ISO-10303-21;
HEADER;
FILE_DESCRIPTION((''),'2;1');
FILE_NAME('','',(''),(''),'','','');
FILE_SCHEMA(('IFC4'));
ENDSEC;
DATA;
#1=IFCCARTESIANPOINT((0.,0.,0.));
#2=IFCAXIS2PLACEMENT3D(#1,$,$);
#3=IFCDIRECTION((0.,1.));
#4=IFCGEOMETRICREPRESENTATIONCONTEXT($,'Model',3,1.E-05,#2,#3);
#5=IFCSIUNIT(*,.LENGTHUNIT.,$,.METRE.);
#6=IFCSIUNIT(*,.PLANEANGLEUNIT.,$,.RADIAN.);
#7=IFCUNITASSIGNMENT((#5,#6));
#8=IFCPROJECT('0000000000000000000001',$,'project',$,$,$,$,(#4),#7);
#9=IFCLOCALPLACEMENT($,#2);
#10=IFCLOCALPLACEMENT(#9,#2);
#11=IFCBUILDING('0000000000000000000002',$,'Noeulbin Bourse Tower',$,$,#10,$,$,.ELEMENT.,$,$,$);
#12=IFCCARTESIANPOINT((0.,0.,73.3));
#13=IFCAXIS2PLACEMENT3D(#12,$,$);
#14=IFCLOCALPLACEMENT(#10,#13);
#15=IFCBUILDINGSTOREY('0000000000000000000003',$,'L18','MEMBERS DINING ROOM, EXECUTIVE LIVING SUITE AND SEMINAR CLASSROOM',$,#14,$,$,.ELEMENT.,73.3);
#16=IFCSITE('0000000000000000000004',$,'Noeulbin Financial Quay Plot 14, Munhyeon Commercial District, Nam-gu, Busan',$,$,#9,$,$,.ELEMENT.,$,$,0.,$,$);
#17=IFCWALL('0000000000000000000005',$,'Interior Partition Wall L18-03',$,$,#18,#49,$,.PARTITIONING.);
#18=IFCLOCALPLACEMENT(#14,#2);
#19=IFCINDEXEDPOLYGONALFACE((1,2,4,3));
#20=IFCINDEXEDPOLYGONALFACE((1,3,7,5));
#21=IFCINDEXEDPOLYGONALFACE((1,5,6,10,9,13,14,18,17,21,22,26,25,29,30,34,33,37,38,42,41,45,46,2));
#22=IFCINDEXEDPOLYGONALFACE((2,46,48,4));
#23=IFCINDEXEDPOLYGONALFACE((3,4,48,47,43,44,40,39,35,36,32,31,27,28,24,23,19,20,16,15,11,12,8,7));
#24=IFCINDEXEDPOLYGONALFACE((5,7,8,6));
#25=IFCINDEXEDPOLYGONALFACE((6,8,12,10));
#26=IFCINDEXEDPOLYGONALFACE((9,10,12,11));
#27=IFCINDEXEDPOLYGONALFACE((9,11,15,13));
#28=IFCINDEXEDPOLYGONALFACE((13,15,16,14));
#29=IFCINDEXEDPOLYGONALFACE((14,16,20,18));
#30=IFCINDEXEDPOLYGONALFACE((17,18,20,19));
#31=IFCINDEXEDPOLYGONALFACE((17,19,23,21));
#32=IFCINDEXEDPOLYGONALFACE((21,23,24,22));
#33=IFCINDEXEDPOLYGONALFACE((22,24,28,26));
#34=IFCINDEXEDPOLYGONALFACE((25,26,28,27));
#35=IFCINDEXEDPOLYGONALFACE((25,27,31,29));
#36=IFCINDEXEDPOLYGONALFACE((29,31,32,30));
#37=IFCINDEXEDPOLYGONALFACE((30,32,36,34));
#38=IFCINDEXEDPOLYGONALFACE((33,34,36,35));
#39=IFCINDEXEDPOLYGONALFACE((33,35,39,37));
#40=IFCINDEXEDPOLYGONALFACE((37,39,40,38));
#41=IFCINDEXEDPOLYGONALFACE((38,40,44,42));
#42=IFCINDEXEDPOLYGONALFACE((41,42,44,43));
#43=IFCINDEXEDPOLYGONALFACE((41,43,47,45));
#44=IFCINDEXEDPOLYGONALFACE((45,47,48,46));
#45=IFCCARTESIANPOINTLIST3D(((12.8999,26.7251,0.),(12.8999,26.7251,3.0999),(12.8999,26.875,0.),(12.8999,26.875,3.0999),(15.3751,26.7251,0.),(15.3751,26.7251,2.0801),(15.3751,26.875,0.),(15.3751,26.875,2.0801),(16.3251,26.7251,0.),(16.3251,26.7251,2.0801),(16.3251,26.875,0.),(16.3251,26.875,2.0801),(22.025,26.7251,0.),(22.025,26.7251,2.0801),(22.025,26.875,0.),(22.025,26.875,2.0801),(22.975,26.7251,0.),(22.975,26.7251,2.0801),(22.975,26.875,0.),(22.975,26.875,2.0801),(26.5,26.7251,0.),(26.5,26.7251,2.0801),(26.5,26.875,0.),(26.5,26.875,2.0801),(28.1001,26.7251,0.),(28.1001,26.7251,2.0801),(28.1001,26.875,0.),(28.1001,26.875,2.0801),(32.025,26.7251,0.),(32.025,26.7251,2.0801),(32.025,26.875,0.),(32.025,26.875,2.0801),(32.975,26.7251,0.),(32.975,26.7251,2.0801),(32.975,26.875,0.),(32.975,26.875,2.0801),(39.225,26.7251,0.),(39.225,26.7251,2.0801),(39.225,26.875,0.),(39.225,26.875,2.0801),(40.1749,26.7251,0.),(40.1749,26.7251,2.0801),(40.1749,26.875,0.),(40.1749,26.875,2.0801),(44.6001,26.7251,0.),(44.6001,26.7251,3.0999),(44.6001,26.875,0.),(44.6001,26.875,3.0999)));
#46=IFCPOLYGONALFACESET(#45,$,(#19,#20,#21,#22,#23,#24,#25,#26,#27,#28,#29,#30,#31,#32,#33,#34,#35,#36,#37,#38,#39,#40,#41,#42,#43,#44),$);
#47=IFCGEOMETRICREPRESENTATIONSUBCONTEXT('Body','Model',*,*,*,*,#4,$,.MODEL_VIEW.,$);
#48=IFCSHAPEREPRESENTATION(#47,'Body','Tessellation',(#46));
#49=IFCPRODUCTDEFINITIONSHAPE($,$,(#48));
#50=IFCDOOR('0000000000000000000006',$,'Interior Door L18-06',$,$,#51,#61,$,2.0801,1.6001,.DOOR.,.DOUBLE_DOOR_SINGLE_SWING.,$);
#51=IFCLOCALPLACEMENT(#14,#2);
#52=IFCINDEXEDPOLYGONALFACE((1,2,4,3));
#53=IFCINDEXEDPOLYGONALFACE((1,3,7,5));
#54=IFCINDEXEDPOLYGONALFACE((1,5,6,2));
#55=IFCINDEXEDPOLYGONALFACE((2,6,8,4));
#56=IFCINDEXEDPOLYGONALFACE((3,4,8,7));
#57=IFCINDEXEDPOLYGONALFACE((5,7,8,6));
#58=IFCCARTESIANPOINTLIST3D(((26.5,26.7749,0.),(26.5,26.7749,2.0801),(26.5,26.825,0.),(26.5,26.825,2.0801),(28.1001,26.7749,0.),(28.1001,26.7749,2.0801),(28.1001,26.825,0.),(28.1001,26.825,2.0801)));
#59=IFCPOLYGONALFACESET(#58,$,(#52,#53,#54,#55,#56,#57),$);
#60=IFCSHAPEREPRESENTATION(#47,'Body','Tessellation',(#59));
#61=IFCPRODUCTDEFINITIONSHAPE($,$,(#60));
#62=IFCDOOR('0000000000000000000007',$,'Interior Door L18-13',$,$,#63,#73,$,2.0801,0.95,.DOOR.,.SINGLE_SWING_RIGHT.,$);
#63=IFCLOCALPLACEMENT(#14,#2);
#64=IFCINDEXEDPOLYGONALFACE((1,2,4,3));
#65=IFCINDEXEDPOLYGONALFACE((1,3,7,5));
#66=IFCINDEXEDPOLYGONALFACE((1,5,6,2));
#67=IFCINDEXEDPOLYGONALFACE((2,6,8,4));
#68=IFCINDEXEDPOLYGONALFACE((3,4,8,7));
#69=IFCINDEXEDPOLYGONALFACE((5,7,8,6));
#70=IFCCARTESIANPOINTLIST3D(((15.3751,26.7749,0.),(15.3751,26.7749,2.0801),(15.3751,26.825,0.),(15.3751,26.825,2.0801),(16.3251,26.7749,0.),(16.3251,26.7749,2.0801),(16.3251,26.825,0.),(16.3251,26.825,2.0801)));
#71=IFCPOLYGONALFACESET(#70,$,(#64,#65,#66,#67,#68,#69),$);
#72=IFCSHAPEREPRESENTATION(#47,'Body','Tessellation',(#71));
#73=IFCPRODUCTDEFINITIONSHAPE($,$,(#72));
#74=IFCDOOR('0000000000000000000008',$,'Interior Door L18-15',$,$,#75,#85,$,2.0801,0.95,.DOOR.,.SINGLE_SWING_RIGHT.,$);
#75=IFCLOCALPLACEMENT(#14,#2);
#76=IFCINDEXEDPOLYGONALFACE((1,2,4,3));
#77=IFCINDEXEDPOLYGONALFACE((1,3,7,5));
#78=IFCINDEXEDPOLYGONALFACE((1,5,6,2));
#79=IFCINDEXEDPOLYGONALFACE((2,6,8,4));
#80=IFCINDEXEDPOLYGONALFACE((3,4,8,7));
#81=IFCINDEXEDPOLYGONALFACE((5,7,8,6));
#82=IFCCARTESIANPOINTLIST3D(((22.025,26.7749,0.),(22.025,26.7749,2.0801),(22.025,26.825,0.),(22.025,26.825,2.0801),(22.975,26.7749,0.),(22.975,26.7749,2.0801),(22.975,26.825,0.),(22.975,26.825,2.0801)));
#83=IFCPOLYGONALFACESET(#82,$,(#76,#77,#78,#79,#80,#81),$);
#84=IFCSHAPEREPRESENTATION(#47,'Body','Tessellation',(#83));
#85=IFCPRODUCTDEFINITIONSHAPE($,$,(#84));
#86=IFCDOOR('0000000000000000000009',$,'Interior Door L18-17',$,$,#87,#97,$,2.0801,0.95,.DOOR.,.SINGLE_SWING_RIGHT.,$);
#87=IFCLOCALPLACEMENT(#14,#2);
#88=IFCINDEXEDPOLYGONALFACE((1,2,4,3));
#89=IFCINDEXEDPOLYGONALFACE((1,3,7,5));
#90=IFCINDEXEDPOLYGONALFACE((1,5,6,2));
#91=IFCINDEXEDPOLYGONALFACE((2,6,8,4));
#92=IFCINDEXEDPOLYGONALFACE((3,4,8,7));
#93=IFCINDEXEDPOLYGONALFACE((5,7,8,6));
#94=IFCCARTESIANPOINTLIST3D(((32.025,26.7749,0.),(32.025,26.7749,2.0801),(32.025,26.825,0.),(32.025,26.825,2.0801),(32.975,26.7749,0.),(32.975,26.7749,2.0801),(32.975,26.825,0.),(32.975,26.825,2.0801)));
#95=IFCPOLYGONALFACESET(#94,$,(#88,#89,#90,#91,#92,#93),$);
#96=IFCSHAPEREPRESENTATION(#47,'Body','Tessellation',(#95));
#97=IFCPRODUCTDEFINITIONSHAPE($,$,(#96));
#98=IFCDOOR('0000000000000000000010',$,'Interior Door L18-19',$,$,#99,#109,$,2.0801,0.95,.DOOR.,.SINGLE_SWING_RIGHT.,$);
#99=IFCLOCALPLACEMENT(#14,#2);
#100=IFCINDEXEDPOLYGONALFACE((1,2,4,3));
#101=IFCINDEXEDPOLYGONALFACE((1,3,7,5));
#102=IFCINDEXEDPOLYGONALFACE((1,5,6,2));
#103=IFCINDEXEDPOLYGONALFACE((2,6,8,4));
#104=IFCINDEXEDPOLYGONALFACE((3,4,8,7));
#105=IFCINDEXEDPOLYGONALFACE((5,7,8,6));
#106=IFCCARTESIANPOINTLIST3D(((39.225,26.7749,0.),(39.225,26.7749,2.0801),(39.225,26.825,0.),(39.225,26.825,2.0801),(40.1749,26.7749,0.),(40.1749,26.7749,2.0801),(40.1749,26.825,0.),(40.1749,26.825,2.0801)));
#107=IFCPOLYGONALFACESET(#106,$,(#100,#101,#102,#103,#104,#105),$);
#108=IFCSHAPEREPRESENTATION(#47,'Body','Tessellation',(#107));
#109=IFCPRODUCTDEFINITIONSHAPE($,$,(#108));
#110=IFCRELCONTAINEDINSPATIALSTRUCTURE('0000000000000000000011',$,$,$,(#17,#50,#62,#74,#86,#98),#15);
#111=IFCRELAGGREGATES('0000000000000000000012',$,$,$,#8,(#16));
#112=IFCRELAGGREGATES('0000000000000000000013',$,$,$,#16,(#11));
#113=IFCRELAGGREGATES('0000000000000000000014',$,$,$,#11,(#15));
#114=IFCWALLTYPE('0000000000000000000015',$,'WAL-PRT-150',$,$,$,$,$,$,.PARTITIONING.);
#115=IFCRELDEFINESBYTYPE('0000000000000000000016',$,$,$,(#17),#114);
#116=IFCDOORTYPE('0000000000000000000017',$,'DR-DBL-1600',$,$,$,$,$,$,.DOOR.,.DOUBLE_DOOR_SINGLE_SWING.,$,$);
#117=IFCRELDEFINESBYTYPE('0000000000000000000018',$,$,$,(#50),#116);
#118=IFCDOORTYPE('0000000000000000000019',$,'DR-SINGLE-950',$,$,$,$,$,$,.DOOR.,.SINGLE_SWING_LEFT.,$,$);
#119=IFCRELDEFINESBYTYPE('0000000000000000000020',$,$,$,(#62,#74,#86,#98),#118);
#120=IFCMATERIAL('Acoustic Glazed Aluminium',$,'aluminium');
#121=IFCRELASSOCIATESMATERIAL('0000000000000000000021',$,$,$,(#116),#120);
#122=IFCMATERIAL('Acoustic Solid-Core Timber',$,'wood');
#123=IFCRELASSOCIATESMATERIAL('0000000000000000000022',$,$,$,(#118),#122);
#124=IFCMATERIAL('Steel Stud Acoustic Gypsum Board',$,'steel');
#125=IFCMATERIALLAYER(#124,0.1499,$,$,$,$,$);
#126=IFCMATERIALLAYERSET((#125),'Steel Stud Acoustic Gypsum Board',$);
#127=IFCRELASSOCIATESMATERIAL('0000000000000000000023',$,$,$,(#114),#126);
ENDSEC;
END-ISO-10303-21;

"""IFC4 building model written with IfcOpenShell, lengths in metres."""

from ifc_helpers import new_model, si_unit, direction, frame, frame_2d, origin, place, context, subcontext, project, spatial, rectangle, extrude, material, layer, layer_set, type_object, element, fill, save


model = new_model("IFC4")

# Units and contexts
model_context = context("Model", 3, precision=1e-05, world=origin(), true_north=direction((0.0, 1.0)))
body_context = subcontext(model_context, "Body", "Model", "MODEL_VIEW")
ifc_project = project(units=[si_unit("LENGTHUNIT", "METRE"), si_unit("PLANEANGLEUNIT", "RADIAN")], contexts=[model_context])

# Site, building, storey
site_placement = place(None, origin())
site = spatial("IfcSite", under=ifc_project, at=site_placement, Name="Noeulbin Financial Quay Plot 14, Munhyeon Commercial District, Nam-gu, Busan", CompositionType="ELEMENT", RefElevation=0.0)
building_placement = place(site_placement, origin())
building = spatial("IfcBuilding", under=site, at=building_placement, Name="Noeulbin Bourse Tower", CompositionType="ELEMENT")
storey_placement = place(building_placement, frame((0.0, 0.0, 73.3)))
storey = spatial("IfcBuildingStorey", under=building, at=storey_placement, Name="L18", Description="MEMBERS DINING ROOM, EXECUTIVE LIVING SUITE AND SEMINAR CLASSROOM", CompositionType="ELEMENT", Elevation=73.3)

# Wall, openings, doors
ifc_material_1 = material(Name="Acoustic Glazed Aluminium", Category="aluminium")
door_type_1 = type_object("IfcDoorType", Name="DR-DBL-1600", OperationType="DOUBLE_DOOR_SINGLE_SWING", PredefinedType="DOOR", material=ifc_material_1)
ifc_material_2 = material(Name="Acoustic Solid-Core Timber", Category="wood")
door_type_2 = type_object("IfcDoorType", Name="DR-SINGLE-950", OperationType="SINGLE_SWING_LEFT", PredefinedType="DOOR", material=ifc_material_2)
ifc_material_3 = material(Name="Steel Stud Acoustic Gypsum Board", Category="steel")
ifc_layer_1 = layer(ifc_material_3, 0.1499)
ifc_layer_set_1 = layer_set([ifc_layer_1], Name="Steel Stud Acoustic Gypsum Board")
wall_type_1 = type_object("IfcWallType", Name="WAL-PRT-150", PredefinedType="PARTITIONING", material=ifc_layer_set_1)
wall_1_placement = place(storey_placement, frame((12.8999, 26.8, 0.0), z_axis=(0.0, 0.0, 1.0), x_axis=(1.0, 0.0, 0.0)))
wall_1 = element("IfcWall", 1, at=wall_1_placement, inside=storey, type_object=wall_type_1, Name="Interior Partition Wall L18-03", PredefinedType="PARTITIONING", context=body_context, shape_type="SweptSolid", body=[
    extrude(rectangle(XDim=31.7002, YDim=0.1499, at=frame_2d((15.8501, 0.0))), origin(), (0.0, 0.0, 1.0), 3.0999),
])
opening_1_placement = place(wall_1_placement, frame((13.6001, 0.0, 0.0)))
opening_1 = element("IfcOpeningElement", 2, at=opening_1_placement, cuts=wall_1, PredefinedType="OPENING", context=body_context, shape_type="SweptSolid", body=[
    extrude(rectangle(XDim=1.6001, YDim=2.0801, at=frame_2d((0.8, 1.04))), frame((0.0, 0.085, 0.0), z_axis=(0.0, -1.0, 0.0), x_axis=(1.0, 0.0, 0.0)), (0.0, 0.0, 1.0), 0.1699),
])
opening_2_placement = place(wall_1_placement, frame((2.4751, 0.0, 0.0)))
opening_2 = element("IfcOpeningElement", 3, at=opening_2_placement, cuts=wall_1, PredefinedType="OPENING", context=body_context, shape_type="SweptSolid", body=[
    extrude(rectangle(XDim=0.95, YDim=2.0801, at=frame_2d((0.4751, 1.04))), frame((0.0, 0.085, 0.0), z_axis=(0.0, -1.0, 0.0), x_axis=(1.0, 0.0, 0.0)), (0.0, 0.0, 1.0), 0.1699),
])
opening_3_placement = place(wall_1_placement, frame((9.125, 0.0, 0.0)))
opening_3 = element("IfcOpeningElement", 4, at=opening_3_placement, cuts=wall_1, PredefinedType="OPENING", context=body_context, shape_type="SweptSolid", body=[
    extrude(rectangle(XDim=0.95, YDim=2.0801, at=frame_2d((0.4751, 1.04))), frame((0.0, 0.085, 0.0), z_axis=(0.0, -1.0, 0.0), x_axis=(1.0, 0.0, 0.0)), (0.0, 0.0, 1.0), 0.1699),
])
opening_4_placement = place(wall_1_placement, frame((19.125, 0.0, 0.0)))
opening_4 = element("IfcOpeningElement", 5, at=opening_4_placement, cuts=wall_1, PredefinedType="OPENING", context=body_context, shape_type="SweptSolid", body=[
    extrude(rectangle(XDim=0.95, YDim=2.0801, at=frame_2d((0.4751, 1.04))), frame((0.0, 0.085, 0.0), z_axis=(0.0, -1.0, 0.0), x_axis=(1.0, 0.0, 0.0)), (0.0, 0.0, 1.0), 0.1699),
])
opening_5_placement = place(wall_1_placement, frame((26.325, 0.0, 0.0)))
opening_5 = element("IfcOpeningElement", 6, at=opening_5_placement, cuts=wall_1, PredefinedType="OPENING", context=body_context, shape_type="SweptSolid", body=[
    extrude(rectangle(XDim=0.95, YDim=2.0801, at=frame_2d((0.4751, 1.04))), frame((0.0, 0.085, 0.0), z_axis=(0.0, -1.0, 0.0), x_axis=(1.0, 0.0, 0.0)), (0.0, 0.0, 1.0), 0.1699),
])
door_1_placement = place(opening_1_placement, origin())
door_1 = element("IfcDoor", 7, at=door_1_placement, inside=storey, type_object=door_type_1, Name="Interior Door L18-06", OperationType="DOUBLE_DOOR_SINGLE_SWING", OverallHeight=2.0801, OverallWidth=1.6001, PredefinedType="DOOR", context=body_context, shape_type="SweptSolid", body=[
    extrude(rectangle(XDim=1.6001, YDim=2.0801, at=frame_2d((0.8, 1.04))), frame((0.0, 0.0249, 0.0), z_axis=(0.0, -1.0, 0.0), x_axis=(1.0, 0.0, 0.0)), (0.0, 0.0, 1.0), 0.05),
])
fill(opening_1, door_1)
door_2_placement = place(opening_2_placement, origin())
door_2 = element("IfcDoor", 8, at=door_2_placement, inside=storey, type_object=door_type_2, Name="Interior Door L18-13", OperationType="SINGLE_SWING_RIGHT", OverallHeight=2.0801, OverallWidth=0.95, PredefinedType="DOOR", context=body_context, shape_type="SweptSolid", body=[
    extrude(rectangle(XDim=0.95, YDim=2.0801, at=frame_2d((0.4751, 1.04))), frame((0.0, 0.0249, 0.0), z_axis=(0.0, -1.0, 0.0), x_axis=(1.0, 0.0, 0.0)), (0.0, 0.0, 1.0), 0.05),
])
fill(opening_2, door_2)
door_3_placement = place(opening_3_placement, origin())
door_3 = element("IfcDoor", 9, at=door_3_placement, inside=storey, type_object=door_type_2, Name="Interior Door L18-15", OperationType="SINGLE_SWING_RIGHT", OverallHeight=2.0801, OverallWidth=0.95, PredefinedType="DOOR", context=body_context, shape_type="SweptSolid", body=[
    extrude(rectangle(XDim=0.95, YDim=2.0801, at=frame_2d((0.4751, 1.04))), frame((0.0, 0.0249, 0.0), z_axis=(0.0, -1.0, 0.0), x_axis=(1.0, 0.0, 0.0)), (0.0, 0.0, 1.0), 0.05),
])
fill(opening_3, door_3)
door_4_placement = place(opening_4_placement, origin())
door_4 = element("IfcDoor", 10, at=door_4_placement, inside=storey, type_object=door_type_2, Name="Interior Door L18-17", OperationType="SINGLE_SWING_RIGHT", OverallHeight=2.0801, OverallWidth=0.95, PredefinedType="DOOR", context=body_context, shape_type="SweptSolid", body=[
    extrude(rectangle(XDim=0.95, YDim=2.0801, at=frame_2d((0.4751, 1.04))), frame((0.0, 0.0249, 0.0), z_axis=(0.0, -1.0, 0.0), x_axis=(1.0, 0.0, 0.0)), (0.0, 0.0, 1.0), 0.05),
])
fill(opening_4, door_4)
door_5_placement = place(opening_5_placement, origin())
door_5 = element("IfcDoor", 11, at=door_5_placement, inside=storey, type_object=door_type_2, Name="Interior Door L18-19", OperationType="SINGLE_SWING_RIGHT", OverallHeight=2.0801, OverallWidth=0.95, PredefinedType="DOOR", context=body_context, shape_type="SweptSolid", body=[
    extrude(rectangle(XDim=0.95, YDim=2.0801, at=frame_2d((0.4751, 1.04))), frame((0.0, 0.0249, 0.0), z_axis=(0.0, -1.0, 0.0), x_axis=(1.0, 0.0, 0.0)), (0.0, 0.0, 1.0), 0.05),
])
fill(opening_5, door_5)

save(model, "model.ifc")
